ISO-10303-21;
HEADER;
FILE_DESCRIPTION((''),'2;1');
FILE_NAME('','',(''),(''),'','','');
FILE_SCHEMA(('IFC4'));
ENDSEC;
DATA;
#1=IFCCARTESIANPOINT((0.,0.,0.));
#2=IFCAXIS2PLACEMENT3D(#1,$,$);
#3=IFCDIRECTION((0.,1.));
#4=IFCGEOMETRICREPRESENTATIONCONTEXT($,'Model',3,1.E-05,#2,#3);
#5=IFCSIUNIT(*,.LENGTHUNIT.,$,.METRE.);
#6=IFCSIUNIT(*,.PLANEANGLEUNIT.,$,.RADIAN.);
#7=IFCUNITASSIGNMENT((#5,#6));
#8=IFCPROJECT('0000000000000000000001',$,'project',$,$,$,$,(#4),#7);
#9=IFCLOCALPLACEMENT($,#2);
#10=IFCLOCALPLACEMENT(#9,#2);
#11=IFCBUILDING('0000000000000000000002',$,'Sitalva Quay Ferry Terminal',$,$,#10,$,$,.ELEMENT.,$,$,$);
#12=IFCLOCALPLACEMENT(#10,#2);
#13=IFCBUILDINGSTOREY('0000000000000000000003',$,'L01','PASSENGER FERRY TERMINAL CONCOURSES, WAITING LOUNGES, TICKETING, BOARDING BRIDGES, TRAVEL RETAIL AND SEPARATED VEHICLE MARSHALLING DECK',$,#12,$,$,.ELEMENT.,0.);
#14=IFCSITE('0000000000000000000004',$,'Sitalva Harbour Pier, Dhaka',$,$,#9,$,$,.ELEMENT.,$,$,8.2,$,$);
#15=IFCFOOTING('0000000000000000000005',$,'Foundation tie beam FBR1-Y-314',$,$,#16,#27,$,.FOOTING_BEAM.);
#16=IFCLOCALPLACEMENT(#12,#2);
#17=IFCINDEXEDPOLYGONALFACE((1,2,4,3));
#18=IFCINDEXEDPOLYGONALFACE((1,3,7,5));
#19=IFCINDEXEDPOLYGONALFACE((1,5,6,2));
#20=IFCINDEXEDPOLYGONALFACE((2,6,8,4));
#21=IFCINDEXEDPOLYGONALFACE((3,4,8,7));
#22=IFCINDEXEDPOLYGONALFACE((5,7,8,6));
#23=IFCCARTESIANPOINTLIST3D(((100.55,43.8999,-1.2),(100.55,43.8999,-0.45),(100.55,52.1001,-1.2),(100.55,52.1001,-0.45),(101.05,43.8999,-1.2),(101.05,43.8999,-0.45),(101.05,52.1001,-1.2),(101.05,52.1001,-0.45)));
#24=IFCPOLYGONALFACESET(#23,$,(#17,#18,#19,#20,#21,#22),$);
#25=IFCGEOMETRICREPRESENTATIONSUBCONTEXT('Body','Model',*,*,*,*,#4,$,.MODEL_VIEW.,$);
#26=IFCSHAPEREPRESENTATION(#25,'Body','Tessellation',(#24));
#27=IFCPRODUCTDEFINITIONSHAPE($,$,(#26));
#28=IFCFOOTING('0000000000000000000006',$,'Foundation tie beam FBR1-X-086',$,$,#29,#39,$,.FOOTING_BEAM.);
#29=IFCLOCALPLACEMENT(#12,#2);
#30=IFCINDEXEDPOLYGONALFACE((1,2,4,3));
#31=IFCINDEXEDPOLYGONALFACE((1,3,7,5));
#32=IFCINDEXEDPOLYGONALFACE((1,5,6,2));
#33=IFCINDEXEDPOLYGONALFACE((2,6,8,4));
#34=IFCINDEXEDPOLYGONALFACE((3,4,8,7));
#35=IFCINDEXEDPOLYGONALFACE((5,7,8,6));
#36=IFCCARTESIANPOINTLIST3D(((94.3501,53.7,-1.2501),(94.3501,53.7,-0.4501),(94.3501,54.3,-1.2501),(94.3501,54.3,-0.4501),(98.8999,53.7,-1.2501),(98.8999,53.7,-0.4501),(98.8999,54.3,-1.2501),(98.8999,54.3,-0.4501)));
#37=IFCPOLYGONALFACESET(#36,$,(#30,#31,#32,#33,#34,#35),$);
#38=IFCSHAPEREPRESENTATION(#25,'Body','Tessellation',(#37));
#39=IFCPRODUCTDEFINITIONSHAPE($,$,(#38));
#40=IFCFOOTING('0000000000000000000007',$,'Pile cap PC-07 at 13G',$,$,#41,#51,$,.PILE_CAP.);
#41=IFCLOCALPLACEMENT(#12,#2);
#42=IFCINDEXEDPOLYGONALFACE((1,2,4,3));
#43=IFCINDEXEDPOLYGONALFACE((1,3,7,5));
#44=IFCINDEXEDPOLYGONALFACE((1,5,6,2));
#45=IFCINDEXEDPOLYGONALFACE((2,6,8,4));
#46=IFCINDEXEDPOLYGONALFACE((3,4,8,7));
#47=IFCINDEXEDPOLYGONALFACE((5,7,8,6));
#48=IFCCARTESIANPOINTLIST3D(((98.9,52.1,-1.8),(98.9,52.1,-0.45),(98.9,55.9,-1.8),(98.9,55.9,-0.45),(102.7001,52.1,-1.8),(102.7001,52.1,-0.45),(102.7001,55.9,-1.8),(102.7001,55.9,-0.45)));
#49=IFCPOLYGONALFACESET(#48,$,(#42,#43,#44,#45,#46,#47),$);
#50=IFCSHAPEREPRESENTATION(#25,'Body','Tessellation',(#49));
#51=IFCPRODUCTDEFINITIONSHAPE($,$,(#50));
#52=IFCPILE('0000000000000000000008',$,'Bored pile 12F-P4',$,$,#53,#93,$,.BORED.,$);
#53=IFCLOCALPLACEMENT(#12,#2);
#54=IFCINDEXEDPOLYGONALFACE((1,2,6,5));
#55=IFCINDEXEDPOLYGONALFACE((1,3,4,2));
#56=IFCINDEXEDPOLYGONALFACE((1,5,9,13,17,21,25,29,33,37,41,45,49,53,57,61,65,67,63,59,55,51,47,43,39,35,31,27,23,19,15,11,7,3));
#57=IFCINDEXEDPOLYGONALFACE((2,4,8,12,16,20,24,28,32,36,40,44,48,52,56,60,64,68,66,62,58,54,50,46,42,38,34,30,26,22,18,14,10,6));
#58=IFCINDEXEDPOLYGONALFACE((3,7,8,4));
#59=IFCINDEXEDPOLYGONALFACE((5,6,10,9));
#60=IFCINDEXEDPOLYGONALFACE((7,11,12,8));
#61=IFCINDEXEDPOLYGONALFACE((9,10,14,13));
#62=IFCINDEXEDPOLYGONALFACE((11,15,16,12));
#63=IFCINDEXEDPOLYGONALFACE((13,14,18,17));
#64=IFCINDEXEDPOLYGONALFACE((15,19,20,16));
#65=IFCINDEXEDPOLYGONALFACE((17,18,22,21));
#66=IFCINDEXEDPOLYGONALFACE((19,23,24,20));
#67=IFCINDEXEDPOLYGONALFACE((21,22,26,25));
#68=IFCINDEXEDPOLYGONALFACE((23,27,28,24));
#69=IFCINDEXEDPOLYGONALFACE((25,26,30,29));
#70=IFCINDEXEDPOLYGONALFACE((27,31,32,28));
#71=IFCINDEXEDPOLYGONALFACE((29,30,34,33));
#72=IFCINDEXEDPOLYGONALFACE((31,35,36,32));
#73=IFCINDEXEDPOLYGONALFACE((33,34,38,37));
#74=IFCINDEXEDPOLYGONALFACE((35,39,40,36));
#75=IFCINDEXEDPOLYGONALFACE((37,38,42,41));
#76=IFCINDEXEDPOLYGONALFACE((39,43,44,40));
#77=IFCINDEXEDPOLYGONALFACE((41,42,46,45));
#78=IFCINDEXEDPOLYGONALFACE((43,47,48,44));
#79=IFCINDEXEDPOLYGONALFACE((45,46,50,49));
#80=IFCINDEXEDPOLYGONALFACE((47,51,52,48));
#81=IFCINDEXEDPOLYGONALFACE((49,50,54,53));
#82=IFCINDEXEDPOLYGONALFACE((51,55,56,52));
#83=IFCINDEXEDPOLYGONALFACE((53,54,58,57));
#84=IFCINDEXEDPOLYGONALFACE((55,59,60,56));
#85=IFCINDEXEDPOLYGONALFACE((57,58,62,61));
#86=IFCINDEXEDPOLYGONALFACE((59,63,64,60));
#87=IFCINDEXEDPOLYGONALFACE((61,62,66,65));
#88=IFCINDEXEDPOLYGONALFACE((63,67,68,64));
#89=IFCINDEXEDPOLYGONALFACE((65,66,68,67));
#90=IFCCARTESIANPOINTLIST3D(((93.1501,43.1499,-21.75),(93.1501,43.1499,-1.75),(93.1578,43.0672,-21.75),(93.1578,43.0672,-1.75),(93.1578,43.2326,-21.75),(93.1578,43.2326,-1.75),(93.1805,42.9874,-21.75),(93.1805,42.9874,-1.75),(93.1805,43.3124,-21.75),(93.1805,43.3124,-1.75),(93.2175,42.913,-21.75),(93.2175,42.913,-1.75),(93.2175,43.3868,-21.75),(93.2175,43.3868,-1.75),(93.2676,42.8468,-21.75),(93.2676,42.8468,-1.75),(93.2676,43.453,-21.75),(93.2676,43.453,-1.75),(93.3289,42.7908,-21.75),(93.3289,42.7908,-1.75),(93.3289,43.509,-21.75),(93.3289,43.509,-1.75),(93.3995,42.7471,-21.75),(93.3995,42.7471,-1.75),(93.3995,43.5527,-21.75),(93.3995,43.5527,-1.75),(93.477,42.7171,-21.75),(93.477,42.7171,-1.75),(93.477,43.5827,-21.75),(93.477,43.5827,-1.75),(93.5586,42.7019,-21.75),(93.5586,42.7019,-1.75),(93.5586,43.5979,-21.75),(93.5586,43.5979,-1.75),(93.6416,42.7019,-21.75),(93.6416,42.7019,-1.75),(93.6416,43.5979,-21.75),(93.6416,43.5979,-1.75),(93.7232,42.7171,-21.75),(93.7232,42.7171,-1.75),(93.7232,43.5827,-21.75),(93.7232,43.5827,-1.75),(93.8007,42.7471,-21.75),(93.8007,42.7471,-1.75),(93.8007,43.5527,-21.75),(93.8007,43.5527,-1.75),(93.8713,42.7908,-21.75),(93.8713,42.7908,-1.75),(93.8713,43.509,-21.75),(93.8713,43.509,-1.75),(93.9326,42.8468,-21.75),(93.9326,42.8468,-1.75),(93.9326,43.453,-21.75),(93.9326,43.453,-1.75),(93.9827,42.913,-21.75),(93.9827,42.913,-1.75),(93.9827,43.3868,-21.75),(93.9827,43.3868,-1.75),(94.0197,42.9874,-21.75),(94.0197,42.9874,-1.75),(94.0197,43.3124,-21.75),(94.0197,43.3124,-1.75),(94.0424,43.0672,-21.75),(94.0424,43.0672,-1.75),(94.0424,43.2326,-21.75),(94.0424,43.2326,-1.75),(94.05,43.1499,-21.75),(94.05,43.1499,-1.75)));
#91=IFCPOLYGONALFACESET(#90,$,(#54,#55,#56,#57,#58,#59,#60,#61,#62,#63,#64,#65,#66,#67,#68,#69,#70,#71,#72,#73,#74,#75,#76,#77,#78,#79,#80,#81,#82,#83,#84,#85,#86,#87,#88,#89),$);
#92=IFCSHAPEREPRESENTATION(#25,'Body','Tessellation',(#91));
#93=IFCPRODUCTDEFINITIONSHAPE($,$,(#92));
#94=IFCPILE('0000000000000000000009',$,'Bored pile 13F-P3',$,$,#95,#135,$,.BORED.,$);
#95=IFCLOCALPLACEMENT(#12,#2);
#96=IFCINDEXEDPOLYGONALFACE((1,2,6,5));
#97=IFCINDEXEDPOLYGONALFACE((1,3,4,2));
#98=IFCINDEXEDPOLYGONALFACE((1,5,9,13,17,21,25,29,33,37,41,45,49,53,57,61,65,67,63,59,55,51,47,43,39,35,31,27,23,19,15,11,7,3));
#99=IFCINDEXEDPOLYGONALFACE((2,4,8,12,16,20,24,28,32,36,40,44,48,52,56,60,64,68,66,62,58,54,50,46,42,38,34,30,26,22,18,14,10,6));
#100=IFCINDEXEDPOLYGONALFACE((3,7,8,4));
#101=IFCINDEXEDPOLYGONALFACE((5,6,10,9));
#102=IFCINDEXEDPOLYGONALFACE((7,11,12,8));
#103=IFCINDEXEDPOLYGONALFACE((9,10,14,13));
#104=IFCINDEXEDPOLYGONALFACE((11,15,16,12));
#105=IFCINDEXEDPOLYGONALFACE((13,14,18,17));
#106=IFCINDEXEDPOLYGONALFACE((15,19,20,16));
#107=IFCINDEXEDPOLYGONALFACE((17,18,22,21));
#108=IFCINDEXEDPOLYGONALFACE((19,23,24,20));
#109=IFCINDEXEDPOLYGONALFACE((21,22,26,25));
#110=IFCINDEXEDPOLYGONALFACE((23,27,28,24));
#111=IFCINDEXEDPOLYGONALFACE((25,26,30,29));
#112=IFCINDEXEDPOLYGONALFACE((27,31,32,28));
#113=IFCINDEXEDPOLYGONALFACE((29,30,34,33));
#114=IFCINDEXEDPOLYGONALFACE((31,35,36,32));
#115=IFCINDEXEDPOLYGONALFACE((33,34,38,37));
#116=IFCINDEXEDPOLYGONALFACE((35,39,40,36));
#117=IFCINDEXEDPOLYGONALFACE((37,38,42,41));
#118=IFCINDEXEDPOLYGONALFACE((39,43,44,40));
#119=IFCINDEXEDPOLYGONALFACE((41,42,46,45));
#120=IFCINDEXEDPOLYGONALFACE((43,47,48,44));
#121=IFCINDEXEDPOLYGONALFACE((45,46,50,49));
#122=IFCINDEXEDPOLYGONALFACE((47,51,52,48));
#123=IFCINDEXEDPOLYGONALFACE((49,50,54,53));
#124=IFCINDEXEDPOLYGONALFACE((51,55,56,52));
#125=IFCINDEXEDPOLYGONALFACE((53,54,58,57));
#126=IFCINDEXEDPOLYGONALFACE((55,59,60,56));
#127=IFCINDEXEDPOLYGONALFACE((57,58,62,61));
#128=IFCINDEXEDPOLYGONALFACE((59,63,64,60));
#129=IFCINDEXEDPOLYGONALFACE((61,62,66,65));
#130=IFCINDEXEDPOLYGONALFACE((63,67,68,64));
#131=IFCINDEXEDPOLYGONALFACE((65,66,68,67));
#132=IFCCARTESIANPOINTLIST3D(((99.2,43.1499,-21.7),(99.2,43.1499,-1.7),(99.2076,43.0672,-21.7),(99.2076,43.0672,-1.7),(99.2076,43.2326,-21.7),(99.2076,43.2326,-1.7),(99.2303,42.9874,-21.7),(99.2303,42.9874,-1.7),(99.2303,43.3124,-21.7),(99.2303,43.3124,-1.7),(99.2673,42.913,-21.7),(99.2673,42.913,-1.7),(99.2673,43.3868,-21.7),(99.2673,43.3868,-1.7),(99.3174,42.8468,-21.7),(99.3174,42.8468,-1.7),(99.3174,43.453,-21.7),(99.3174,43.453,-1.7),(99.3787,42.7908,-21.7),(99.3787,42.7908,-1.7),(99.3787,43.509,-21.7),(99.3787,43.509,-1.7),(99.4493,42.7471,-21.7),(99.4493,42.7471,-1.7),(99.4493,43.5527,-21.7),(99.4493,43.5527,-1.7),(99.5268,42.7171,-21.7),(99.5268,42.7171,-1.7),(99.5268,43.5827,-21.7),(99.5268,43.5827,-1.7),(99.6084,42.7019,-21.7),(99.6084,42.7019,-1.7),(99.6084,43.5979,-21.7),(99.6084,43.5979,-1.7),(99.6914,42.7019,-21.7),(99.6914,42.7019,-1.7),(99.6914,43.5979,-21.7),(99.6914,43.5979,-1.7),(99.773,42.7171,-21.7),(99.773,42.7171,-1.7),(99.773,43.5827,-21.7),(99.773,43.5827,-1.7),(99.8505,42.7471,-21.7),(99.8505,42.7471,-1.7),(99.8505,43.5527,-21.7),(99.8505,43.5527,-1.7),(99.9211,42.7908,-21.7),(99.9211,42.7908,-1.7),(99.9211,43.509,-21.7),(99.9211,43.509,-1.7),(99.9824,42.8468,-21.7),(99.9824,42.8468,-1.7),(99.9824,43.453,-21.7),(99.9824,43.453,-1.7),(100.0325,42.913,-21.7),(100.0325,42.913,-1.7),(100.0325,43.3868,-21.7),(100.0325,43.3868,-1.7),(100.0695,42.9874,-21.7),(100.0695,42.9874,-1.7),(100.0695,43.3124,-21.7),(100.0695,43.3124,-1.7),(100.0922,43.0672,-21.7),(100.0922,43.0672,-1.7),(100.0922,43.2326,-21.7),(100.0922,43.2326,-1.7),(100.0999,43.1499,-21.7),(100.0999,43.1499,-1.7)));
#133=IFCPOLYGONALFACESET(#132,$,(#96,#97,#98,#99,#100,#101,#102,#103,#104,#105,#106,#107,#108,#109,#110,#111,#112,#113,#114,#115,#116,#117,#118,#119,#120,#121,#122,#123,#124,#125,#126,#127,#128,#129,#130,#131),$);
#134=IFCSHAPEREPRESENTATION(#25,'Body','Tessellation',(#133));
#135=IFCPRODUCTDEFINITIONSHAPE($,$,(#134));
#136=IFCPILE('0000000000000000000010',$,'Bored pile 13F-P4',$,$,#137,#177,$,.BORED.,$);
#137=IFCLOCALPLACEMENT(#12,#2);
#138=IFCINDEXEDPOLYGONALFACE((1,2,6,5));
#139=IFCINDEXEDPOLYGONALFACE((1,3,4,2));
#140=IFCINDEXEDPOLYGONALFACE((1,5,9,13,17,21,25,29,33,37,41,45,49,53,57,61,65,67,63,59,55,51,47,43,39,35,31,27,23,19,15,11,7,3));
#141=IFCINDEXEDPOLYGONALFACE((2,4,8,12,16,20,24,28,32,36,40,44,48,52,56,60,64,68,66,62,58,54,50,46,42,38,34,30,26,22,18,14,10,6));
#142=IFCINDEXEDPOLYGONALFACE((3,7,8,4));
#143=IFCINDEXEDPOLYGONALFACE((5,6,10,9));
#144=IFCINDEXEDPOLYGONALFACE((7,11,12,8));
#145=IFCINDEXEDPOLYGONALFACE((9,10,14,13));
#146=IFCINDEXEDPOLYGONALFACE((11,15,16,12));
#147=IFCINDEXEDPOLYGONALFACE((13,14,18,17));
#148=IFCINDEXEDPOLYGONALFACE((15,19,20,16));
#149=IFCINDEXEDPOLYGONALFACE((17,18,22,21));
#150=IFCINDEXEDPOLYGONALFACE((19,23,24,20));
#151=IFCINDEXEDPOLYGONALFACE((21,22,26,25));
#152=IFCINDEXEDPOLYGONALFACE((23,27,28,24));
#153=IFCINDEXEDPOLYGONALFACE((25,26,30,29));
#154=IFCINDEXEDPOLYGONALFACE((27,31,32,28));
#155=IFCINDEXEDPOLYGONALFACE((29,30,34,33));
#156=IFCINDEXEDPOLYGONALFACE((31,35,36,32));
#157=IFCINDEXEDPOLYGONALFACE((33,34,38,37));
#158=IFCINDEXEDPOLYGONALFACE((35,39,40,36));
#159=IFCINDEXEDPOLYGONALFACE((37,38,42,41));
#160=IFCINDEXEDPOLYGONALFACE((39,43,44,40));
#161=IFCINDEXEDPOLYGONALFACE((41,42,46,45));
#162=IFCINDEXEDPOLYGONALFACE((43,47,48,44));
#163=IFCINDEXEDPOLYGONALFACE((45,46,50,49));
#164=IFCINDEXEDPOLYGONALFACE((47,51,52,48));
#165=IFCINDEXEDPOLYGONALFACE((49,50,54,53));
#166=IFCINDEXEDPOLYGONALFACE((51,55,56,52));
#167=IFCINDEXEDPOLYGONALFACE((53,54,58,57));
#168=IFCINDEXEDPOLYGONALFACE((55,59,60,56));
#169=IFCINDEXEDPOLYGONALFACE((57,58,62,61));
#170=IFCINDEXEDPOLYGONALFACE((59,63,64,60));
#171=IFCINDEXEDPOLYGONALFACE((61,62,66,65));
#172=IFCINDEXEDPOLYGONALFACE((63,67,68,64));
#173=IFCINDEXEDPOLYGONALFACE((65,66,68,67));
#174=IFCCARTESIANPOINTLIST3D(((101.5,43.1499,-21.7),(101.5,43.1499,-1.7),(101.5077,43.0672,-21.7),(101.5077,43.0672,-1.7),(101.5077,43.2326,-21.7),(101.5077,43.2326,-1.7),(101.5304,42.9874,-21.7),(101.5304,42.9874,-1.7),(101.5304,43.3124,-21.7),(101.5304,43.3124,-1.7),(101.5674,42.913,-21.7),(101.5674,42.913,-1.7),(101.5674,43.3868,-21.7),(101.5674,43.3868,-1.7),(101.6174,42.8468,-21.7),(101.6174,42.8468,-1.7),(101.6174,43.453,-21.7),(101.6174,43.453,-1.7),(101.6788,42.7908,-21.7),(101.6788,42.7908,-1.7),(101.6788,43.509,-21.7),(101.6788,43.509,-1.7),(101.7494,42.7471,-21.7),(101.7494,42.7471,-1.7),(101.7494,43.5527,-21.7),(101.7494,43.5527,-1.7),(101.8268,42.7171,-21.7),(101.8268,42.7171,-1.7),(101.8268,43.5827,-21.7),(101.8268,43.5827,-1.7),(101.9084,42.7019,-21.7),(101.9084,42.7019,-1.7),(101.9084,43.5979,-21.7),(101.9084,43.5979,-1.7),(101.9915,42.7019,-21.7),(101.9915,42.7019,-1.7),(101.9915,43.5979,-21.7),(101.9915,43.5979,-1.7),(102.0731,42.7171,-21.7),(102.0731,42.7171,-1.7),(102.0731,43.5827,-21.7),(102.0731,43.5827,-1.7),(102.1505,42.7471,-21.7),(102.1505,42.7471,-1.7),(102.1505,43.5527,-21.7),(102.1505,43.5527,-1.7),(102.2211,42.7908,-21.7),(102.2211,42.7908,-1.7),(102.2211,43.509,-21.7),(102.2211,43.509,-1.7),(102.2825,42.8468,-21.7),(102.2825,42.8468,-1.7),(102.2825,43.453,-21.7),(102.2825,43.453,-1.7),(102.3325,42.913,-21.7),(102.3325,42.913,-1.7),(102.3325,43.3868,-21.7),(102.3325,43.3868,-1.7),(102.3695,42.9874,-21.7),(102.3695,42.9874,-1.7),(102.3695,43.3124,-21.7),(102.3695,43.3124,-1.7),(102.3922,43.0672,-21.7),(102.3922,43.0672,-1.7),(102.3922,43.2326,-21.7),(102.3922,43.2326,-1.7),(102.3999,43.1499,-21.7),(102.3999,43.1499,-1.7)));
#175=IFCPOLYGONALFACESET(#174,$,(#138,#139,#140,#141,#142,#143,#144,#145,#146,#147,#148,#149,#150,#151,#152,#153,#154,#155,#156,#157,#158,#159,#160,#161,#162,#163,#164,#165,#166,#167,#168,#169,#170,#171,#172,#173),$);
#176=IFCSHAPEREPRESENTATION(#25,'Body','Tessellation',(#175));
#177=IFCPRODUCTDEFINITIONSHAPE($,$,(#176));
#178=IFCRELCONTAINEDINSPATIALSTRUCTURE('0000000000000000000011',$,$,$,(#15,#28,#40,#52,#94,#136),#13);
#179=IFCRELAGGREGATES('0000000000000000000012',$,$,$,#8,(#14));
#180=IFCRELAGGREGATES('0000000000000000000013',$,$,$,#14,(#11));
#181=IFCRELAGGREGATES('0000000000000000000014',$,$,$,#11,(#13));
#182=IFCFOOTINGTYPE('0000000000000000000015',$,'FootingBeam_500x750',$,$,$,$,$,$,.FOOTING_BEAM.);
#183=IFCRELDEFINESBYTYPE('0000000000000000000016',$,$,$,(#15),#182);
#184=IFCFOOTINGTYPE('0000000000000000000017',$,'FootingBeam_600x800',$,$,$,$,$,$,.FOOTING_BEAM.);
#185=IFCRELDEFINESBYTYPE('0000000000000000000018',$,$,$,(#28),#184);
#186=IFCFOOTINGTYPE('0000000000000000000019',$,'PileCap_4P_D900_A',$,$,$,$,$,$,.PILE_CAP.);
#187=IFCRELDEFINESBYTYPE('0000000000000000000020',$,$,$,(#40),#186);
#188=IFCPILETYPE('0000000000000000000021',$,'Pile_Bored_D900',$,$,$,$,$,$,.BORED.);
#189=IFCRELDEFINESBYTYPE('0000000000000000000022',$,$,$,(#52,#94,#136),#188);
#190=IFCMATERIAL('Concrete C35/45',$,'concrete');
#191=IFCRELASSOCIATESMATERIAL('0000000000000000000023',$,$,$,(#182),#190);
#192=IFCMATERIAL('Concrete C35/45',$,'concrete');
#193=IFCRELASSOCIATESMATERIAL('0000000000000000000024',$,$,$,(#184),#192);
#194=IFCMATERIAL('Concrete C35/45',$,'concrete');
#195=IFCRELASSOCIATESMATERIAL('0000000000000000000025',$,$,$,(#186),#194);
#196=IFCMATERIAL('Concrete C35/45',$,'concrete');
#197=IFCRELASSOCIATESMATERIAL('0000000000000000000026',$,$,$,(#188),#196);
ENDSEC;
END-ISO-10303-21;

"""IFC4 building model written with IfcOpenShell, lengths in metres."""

from ifc_helpers import new_model, si_unit, direction, frame, origin, origin_2d, place, context, subcontext, project, spatial, rectangle, circle, extrude, material, material_profile, profile_set, type_object, element, save


model = new_model("IFC4")

# Units and contexts
model_context = context("Model", 3, precision=1e-05, world=origin(), true_north=direction((0.0, 1.0)))
body_context = subcontext(model_context, "Body", "Model", "MODEL_VIEW")
ifc_project = project(units=[si_unit("LENGTHUNIT", "METRE"), si_unit("PLANEANGLEUNIT", "RADIAN")], contexts=[model_context])

# Site, building, storey
site_placement = place(None, origin())
site = spatial("IfcSite", under=ifc_project, at=site_placement, Name="Sitalva Harbour Pier, Dhaka", CompositionType="ELEMENT", RefElevation=8.2)
building_placement = place(site_placement, origin())
building = spatial("IfcBuilding", under=site, at=building_placement, Name="Sitalva Quay Ferry Terminal", CompositionType="ELEMENT")
storey_placement = place(building_placement, origin())
storey = spatial("IfcBuildingStorey", under=building, at=storey_placement, Name="L01", Description="PASSENGER FERRY TERMINAL CONCOURSES, WAITING LOUNGES, TICKETING, BOARDING BRIDGES, TRAVEL RETAIL AND SEPARATED VEHICLE MARSHALLING DECK", CompositionType="ELEMENT", Elevation=0.0)

# Footings
ifc_material_1 = material(Name="Concrete C35/45", Category="concrete")
ifc_material_profile_1 = material_profile(ifc_material_1, rectangle(XDim=0.5, YDim=0.75, at=origin_2d()), Name="RC500x750")
ifc_profile_set_1 = profile_set([ifc_material_profile_1], Name="Concrete C35/45")
footing_type_1 = type_object("IfcFootingType", Name="FootingBeam_500x750", PredefinedType="FOOTING_BEAM", material=ifc_profile_set_1)
footing_1_placement = place(storey_placement, frame((100.8, 43.8999, -0.825), z_axis=(0.0, 1.0, 0.0), x_axis=(-1.0, 0.0, 0.0)))
element("IfcFooting", 1, at=footing_1_placement, inside=storey, type_object=footing_type_1, Name="Foundation tie beam FBR1-Y-314", PredefinedType="FOOTING_BEAM", context=body_context, shape_type="SweptSolid", body=[
    extrude(rectangle(XDim=0.5, YDim=0.75, at=origin_2d()), origin(), (0.0, 0.0, 1.0), 8.2002),
])
ifc_material_2 = material(Name="Concrete C35/45", Category="concrete")
ifc_material_profile_2 = material_profile(ifc_material_2, rectangle(XDim=0.6001, YDim=0.8, at=origin_2d()), Name="RC600x800")
ifc_profile_set_2 = profile_set([ifc_material_profile_2], Name="Concrete C35/45")
footing_type_2 = type_object("IfcFootingType", Name="FootingBeam_600x800", PredefinedType="FOOTING_BEAM", material=ifc_profile_set_2)
footing_2_placement = place(storey_placement, frame((94.3501, 54.0, -0.8501), z_axis=(1.0, 0.0, 0.0), x_axis=(0.0, 1.0, 0.0)))
element("IfcFooting", 2, at=footing_2_placement, inside=storey, type_object=footing_type_2, Name="Foundation tie beam FBR1-X-086", PredefinedType="FOOTING_BEAM", context=body_context, shape_type="SweptSolid", body=[
    extrude(rectangle(XDim=0.6001, YDim=0.8, at=origin_2d()), origin(), (0.0, 0.0, 1.0), 4.5498),
])
ifc_material_3 = material(Name="Concrete C35/45", Category="concrete")
footing_type_3 = type_object("IfcFootingType", Name="PileCap_4P_D900_A", PredefinedType="PILE_CAP", material=ifc_material_3)
footing_3_placement = place(storey_placement, frame((100.8, 54.0, -1.8), z_axis=(0.0, 0.0, 1.0), x_axis=(1.0, 0.0, 0.0)))
element("IfcFooting", 3, at=footing_3_placement, inside=storey, type_object=footing_type_3, Name="Pile cap PC-07 at 13G", PredefinedType="PILE_CAP", context=body_context, shape_type="SweptSolid", body=[
    extrude(rectangle(XDim=3.8, YDim=3.8, at=origin_2d()), origin(), (0.0, 0.0, 1.0), 1.3501),
])

# Piles
ifc_material_4 = material(Name="Concrete C35/45", Category="concrete")
ifc_material_profile_3 = material_profile(ifc_material_4, circle(Radius=0.45, at=origin_2d()), Name="PILE-D900")
ifc_profile_set_3 = profile_set([ifc_material_profile_3], Name="Concrete C35/45")
pile_type = type_object("IfcPileType", Name="Pile_Bored_D900", PredefinedType="BORED", material=ifc_profile_set_3)
for number, where, z_axis, x_axis, name in (
    (4, (93.6001, 43.1499, -1.75), (0.0, 0.0, -1.0), (1.0, 0.0, 0.0), "Bored pile 12F-P4"),
    (5, (99.6499, 43.1499, -1.7), (0.0, 0.0, -1.0), (1.0, 0.0, 0.0), "Bored pile 13F-P3"),
    (6, (101.95, 43.1499, -1.7), (0.0, 0.0, -1.0), (1.0, 0.0, 0.0), "Bored pile 13F-P4"),
):
    element("IfcPile", number, at=place(storey_placement, frame(where, z_axis=z_axis, x_axis=x_axis)), inside=storey, type_object=pile_type, Name=name, PredefinedType="BORED", context=body_context, shape_type="SweptSolid", body=[
        extrude(circle(Radius=0.45, at=origin_2d()), origin(), (0.0, 0.0, 1.0), 20.0),
    ])

save(model, "model.ifc")
